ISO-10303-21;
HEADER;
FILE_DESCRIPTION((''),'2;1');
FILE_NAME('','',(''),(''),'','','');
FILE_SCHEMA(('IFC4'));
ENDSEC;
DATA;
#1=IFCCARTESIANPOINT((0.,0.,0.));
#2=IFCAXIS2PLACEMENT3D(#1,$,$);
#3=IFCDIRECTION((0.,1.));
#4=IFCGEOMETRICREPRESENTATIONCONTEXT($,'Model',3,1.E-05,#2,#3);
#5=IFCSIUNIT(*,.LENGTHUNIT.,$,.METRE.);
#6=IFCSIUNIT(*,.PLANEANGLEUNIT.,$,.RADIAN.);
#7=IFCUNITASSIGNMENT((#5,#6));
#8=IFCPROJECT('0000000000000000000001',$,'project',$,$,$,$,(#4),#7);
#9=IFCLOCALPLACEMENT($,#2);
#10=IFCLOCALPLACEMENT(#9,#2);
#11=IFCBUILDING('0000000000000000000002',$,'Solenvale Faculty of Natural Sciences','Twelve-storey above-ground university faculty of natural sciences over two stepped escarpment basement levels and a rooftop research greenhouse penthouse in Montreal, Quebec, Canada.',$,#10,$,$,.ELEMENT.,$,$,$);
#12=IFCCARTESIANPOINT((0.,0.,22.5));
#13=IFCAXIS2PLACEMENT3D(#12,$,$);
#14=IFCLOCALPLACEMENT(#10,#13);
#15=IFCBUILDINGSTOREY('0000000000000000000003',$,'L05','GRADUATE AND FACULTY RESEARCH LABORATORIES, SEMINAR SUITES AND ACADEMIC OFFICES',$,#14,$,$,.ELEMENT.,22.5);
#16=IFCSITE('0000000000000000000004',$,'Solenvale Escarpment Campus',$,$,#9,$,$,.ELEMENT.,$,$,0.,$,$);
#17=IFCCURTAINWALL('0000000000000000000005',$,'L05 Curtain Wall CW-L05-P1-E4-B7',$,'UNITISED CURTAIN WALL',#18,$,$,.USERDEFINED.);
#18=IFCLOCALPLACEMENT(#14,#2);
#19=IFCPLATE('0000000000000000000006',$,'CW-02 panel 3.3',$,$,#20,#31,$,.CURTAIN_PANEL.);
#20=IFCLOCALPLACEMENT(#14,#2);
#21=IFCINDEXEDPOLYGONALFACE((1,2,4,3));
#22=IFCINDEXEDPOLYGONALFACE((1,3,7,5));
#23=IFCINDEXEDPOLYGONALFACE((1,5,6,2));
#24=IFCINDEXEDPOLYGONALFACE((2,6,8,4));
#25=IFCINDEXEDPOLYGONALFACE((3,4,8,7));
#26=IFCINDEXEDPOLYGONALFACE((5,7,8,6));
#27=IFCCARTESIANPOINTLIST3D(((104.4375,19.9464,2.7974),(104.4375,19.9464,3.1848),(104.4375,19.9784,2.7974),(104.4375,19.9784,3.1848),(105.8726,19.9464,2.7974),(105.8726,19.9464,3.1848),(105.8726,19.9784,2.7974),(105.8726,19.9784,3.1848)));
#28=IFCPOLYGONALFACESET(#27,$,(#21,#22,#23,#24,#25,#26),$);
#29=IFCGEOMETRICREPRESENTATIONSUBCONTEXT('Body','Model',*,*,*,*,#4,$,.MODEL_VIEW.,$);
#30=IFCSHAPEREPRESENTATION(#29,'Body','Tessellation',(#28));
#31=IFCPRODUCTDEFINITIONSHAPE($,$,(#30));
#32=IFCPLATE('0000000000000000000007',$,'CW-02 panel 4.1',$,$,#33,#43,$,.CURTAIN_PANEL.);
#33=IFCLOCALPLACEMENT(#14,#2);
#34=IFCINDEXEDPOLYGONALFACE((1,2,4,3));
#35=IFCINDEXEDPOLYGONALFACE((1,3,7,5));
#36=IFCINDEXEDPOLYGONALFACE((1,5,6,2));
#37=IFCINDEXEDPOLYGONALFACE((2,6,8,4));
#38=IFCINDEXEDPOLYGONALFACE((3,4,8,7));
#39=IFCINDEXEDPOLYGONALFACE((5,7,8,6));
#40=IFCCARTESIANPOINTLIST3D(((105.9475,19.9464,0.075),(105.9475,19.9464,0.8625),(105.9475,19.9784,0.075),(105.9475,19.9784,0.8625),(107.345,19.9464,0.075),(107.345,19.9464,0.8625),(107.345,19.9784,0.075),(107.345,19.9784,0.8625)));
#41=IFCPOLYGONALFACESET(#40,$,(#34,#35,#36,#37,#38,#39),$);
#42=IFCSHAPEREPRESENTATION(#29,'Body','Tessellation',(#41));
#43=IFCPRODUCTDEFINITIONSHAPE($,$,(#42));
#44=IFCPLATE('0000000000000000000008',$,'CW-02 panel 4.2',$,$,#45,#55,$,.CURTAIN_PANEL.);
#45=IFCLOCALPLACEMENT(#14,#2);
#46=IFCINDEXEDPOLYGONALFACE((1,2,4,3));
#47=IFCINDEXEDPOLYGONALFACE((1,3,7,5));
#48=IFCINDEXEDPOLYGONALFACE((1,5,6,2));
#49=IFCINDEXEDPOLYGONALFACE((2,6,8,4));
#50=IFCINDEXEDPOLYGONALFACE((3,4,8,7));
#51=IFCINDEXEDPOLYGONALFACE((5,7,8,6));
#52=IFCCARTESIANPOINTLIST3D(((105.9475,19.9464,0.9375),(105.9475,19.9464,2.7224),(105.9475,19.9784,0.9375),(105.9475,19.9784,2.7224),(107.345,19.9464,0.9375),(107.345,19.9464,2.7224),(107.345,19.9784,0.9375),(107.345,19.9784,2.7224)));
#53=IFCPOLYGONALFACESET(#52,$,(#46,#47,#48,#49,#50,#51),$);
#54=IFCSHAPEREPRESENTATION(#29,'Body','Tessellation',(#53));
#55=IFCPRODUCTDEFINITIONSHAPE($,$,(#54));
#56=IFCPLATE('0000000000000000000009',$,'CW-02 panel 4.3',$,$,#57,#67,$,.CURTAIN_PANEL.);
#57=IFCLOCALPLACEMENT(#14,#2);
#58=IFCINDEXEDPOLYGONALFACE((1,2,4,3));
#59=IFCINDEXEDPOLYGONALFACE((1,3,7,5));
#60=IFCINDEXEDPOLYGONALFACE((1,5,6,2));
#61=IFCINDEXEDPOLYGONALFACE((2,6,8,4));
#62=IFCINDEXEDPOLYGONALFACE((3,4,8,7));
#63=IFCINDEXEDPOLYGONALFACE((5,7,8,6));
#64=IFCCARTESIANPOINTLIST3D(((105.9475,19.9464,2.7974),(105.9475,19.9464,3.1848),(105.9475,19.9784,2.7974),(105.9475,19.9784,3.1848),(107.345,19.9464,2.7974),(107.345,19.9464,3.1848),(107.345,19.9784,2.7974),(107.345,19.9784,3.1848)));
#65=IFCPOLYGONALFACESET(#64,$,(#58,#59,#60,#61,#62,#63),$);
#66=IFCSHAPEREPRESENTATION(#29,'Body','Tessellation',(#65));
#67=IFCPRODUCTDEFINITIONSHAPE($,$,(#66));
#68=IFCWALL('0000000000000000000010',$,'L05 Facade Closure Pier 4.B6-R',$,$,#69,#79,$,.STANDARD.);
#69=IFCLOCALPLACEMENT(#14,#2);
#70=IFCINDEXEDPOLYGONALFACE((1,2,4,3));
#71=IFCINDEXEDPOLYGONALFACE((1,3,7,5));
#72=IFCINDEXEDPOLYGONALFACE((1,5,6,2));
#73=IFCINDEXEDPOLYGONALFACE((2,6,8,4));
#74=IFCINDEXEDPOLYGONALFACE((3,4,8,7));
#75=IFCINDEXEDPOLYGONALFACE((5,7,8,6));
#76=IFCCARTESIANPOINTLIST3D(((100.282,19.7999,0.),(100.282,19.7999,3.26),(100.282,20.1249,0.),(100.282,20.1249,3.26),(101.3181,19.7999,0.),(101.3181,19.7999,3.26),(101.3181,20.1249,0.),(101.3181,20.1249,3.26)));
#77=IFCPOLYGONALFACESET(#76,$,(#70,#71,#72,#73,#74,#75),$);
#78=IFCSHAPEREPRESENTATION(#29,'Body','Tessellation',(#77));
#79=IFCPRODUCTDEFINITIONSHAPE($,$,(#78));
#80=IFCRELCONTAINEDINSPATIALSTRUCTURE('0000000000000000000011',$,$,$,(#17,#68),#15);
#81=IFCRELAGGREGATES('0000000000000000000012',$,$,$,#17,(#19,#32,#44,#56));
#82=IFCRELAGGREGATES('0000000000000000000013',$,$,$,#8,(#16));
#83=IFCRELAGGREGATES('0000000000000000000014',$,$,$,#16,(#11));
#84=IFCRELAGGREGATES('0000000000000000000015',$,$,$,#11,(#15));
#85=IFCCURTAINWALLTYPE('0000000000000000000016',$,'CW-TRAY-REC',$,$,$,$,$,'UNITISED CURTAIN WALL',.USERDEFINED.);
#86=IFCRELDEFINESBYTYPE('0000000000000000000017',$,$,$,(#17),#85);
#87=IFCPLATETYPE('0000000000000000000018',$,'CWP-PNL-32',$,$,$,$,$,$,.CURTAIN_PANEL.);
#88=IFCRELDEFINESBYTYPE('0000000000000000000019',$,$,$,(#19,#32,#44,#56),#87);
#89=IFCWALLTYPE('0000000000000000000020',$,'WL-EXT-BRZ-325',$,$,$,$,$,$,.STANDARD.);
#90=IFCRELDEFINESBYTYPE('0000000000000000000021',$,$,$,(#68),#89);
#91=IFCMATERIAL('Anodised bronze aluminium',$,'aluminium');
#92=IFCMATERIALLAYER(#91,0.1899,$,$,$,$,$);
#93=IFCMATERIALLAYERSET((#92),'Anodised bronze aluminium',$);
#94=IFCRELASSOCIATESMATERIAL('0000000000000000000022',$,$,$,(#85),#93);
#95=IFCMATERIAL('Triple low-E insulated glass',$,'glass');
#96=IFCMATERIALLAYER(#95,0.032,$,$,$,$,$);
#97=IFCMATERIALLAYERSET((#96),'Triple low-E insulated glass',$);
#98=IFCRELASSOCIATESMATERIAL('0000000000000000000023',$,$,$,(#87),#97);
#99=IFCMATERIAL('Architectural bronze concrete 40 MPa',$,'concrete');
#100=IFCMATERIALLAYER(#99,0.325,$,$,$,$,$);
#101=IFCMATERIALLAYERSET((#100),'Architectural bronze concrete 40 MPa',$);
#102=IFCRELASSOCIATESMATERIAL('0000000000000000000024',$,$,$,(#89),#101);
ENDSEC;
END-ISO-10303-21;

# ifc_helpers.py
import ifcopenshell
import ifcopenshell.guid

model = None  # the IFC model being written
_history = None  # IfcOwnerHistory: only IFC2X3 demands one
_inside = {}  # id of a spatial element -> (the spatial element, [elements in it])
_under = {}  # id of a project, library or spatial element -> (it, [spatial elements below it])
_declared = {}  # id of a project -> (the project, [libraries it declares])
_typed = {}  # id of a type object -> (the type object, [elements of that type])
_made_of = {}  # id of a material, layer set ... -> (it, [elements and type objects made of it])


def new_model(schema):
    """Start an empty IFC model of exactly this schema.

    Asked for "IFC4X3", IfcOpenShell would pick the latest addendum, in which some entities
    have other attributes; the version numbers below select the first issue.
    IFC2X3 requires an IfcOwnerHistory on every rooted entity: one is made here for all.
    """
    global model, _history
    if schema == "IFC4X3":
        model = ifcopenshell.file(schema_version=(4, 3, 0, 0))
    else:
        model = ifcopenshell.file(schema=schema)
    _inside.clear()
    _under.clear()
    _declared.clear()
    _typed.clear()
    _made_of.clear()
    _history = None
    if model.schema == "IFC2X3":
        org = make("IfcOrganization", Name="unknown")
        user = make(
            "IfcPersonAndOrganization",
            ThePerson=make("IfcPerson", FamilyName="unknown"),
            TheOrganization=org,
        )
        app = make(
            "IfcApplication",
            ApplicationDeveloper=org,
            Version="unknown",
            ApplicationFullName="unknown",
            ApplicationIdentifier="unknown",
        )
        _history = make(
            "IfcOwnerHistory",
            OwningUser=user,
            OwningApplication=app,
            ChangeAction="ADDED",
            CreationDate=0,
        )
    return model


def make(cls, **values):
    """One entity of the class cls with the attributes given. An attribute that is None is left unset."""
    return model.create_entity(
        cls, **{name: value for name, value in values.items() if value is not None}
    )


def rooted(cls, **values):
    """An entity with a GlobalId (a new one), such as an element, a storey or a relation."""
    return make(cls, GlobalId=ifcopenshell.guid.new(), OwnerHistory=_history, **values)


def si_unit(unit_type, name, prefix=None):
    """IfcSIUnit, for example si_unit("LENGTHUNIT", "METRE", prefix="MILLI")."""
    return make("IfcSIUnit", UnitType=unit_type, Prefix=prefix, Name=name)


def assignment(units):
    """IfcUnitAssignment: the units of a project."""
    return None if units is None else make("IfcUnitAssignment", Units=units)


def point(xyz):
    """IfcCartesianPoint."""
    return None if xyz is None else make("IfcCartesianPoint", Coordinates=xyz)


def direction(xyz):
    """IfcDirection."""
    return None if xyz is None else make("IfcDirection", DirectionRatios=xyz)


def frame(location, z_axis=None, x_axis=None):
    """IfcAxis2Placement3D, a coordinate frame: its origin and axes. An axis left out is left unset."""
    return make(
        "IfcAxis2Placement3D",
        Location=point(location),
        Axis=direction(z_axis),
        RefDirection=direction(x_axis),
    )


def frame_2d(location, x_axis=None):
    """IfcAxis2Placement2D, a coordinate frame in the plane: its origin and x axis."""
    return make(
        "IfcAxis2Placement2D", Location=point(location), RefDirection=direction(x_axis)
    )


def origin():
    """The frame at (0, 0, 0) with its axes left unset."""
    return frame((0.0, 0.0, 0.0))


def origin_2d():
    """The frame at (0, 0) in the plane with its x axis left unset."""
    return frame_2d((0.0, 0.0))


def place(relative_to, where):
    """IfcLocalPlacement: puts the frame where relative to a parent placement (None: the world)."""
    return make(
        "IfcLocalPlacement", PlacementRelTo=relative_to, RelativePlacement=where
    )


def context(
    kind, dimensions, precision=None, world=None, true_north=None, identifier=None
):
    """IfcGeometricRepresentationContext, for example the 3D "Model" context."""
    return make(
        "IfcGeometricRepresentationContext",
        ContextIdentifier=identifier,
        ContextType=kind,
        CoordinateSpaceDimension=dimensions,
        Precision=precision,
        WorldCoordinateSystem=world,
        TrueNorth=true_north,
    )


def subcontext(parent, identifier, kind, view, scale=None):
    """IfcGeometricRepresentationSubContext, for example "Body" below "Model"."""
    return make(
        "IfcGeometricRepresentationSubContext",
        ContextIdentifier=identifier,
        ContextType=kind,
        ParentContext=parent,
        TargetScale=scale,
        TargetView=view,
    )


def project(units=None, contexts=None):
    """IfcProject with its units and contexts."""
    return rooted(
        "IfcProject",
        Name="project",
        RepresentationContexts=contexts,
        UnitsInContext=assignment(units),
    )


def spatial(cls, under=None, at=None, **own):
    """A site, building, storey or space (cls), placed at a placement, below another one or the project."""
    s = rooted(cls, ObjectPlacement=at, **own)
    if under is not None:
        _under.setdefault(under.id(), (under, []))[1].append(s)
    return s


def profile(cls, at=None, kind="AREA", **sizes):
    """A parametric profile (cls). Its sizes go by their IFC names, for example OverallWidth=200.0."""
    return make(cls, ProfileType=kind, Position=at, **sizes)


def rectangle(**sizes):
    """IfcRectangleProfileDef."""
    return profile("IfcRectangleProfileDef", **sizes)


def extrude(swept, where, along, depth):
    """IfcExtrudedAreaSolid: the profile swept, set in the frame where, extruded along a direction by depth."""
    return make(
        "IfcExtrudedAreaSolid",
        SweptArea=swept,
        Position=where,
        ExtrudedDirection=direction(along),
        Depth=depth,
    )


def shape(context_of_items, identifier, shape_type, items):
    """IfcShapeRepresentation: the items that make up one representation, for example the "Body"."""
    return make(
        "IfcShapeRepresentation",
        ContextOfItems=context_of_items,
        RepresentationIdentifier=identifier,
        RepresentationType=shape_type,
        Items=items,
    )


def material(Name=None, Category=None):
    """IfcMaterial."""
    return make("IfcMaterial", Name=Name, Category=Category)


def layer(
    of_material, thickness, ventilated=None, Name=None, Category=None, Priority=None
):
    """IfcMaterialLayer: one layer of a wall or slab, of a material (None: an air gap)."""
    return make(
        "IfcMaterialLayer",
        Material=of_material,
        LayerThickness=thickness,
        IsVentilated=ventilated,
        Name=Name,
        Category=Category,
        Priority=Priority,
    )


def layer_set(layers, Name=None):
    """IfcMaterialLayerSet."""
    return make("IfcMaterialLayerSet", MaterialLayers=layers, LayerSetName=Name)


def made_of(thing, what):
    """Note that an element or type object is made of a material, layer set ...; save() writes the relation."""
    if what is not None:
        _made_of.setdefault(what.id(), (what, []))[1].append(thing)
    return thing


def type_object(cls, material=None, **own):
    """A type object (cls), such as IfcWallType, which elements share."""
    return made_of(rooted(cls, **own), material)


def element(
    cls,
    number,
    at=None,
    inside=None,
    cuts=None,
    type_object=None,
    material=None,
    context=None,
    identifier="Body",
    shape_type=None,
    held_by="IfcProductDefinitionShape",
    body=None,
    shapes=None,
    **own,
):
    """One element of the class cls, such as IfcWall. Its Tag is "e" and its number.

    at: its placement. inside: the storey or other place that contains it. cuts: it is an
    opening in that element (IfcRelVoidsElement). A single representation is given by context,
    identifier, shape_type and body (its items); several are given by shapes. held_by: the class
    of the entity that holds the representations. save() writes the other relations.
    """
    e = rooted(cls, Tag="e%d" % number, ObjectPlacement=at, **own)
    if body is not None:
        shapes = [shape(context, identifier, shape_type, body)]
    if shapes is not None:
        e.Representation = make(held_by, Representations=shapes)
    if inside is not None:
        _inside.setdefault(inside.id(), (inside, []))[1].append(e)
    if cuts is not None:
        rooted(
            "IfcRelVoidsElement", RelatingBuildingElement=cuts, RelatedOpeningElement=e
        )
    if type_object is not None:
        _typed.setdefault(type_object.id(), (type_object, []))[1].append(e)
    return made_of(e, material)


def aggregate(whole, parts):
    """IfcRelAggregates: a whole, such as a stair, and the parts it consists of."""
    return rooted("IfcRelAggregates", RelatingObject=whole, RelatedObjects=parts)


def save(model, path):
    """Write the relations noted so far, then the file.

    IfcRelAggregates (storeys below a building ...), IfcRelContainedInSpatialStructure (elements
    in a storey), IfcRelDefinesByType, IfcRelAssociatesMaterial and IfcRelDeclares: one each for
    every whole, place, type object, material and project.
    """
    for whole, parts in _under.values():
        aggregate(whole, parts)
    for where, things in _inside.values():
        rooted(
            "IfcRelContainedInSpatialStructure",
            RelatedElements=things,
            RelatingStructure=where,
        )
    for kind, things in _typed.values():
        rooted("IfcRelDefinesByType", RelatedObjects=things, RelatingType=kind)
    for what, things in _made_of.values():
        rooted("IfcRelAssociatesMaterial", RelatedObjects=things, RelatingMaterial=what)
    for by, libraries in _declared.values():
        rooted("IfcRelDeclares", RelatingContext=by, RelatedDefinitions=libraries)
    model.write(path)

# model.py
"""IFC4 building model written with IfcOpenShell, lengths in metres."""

from ifc_helpers import new_model, si_unit, direction, frame, frame_2d, origin, origin_2d, place, context, subcontext, project, spatial, rectangle, extrude, material, layer, layer_set, type_object, element, aggregate, save


model = new_model("IFC4")

# Units and contexts
model_context = context("Model", 3, precision=1e-05, world=origin(), true_north=direction((0.0, 1.0)))
body_context = subcontext(model_context, "Body", "Model", "MODEL_VIEW")
ifc_project = project(units=[si_unit("LENGTHUNIT", "METRE"), si_unit("PLANEANGLEUNIT", "RADIAN")], contexts=[model_context])

# Site, building, storey
site_placement = place(None, origin())
site = spatial("IfcSite", under=ifc_project, at=site_placement, Name="Solenvale Escarpment Campus", CompositionType="ELEMENT", RefElevation=0.0)
building_placement = place(site_placement, origin())
building = spatial("IfcBuilding", under=site, at=building_placement, Name="Solenvale Faculty of Natural Sciences", Description="Twelve-storey above-ground university faculty of natural sciences over two stepped escarpment basement levels and a rooftop research greenhouse penthouse in Montreal, Quebec, Canada.", CompositionType="ELEMENT")
storey_placement = place(building_placement, frame((0.0, 0.0, 22.5)))
storey = spatial("IfcBuildingStorey", under=building, at=storey_placement, Name="L05", Description="GRADUATE AND FACULTY RESEARCH LABORATORIES, SEMINAR SUITES AND ACADEMIC OFFICES", CompositionType="ELEMENT", Elevation=22.5)

# Shared definitions
ifc_material_1 = material(Name="Anodised bronze aluminium", Category="aluminium")
ifc_layer_1 = layer(ifc_material_1, 0.1899)
ifc_layer_set_1 = layer_set([ifc_layer_1], Name="Anodised bronze aluminium")
curtain_wall_type = type_object("IfcCurtainWallType", Name="CW-TRAY-REC", ElementType="UNITISED CURTAIN WALL", PredefinedType="USERDEFINED", material=ifc_layer_set_1)

# Curtain wall, plates
curtain_wall_1_placement = place(storey_placement, origin())
curtain_wall_1 = element("IfcCurtainWall", 1, at=curtain_wall_1_placement, inside=storey, type_object=curtain_wall_type, Name="L05 Curtain Wall CW-L05-P1-E4-B7", ObjectType="UNITISED CURTAIN WALL", PredefinedType="USERDEFINED")
ifc_material_2 = material(Name="Triple low-E insulated glass", Category="glass")
ifc_layer_2 = layer(ifc_material_2, 0.032)
ifc_layer_set_2 = layer_set([ifc_layer_2], Name="Triple low-E insulated glass")
plate_type = type_object("IfcPlateType", Name="CWP-PNL-32", PredefinedType="CURTAIN_PANEL", material=ifc_layer_set_2)
plate_1_placement = place(storey_placement, frame((105.155, 19.9624, 2.7974), z_axis=(0.0, 0.0, 1.0), x_axis=(1.0, 0.0, 0.0)))
plate_1 = element("IfcPlate", 2, at=plate_1_placement, type_object=plate_type, Name="CW-02 panel 3.3", PredefinedType="CURTAIN_PANEL", context=body_context, shape_type="SweptSolid", body=[
    extrude(rectangle(XDim=1.4351, YDim=0.032, at=origin_2d()), origin(), (0.0, 0.0, 1.0), 0.3875),
])
plate_2_placement = place(storey_placement, frame((106.6462, 19.9624, 0.075), z_axis=(0.0, 0.0, 1.0), x_axis=(1.0, 0.0, 0.0)))
plate_2 = element("IfcPlate", 3, at=plate_2_placement, type_object=plate_type, Name="CW-02 panel 4.1", PredefinedType="CURTAIN_PANEL", context=body_context, shape_type="SweptSolid", body=[
    extrude(rectangle(XDim=1.3975, YDim=0.032, at=origin_2d()), origin(), (0.0, 0.0, 1.0), 0.7876),
])
plate_3_placement = place(storey_placement, frame((106.6462, 19.9624, 0.9375), z_axis=(0.0, 0.0, 1.0), x_axis=(1.0, 0.0, 0.0)))
plate_3 = element("IfcPlate", 4, at=plate_3_placement, type_object=plate_type, Name="CW-02 panel 4.2", PredefinedType="CURTAIN_PANEL", context=body_context, shape_type="SweptSolid", body=[
    extrude(rectangle(XDim=1.3975, YDim=0.032, at=origin_2d()), origin(), (0.0, 0.0, 1.0), 1.7849),
])
plate_4_placement = place(storey_placement, frame((106.6462, 19.9624, 2.7974), z_axis=(0.0, 0.0, 1.0), x_axis=(1.0, 0.0, 0.0)))
plate_4 = element("IfcPlate", 5, at=plate_4_placement, type_object=plate_type, Name="CW-02 panel 4.3", PredefinedType="CURTAIN_PANEL", context=body_context, shape_type="SweptSolid", body=[
    extrude(rectangle(XDim=1.3975, YDim=0.032, at=origin_2d()), origin(), (0.0, 0.0, 1.0), 0.3875),
])
aggregate(curtain_wall_1, [plate_1, plate_2, plate_3, plate_4])

# Wall
ifc_material_3 = material(Name="Architectural bronze concrete 40 MPa", Category="concrete")
ifc_layer_3 = layer(ifc_material_3, 0.325)
ifc_layer_set_3 = layer_set([ifc_layer_3], Name="Architectural bronze concrete 40 MPa")
wall_type = type_object("IfcWallType", Name="WL-EXT-BRZ-325", PredefinedType="STANDARD", material=ifc_layer_set_3)
wall_placement = place(storey_placement, frame((100.282, 19.9624, 0.0), z_axis=(0.0, 0.0, 1.0), x_axis=(1.0, 0.0, 0.0)))
element("IfcWall", 6, at=wall_placement, inside=storey, type_object=wall_type, Name="L05 Facade Closure Pier 4.B6-R", PredefinedType="STANDARD", context=body_context, shape_type="SweptSolid", body=[
    extrude(rectangle(XDim=1.0361, YDim=0.325, at=frame_2d((0.5181, 0.0))), origin(), (0.0, 0.0, 1.0), 3.26),
])

save(model, "model.ifc")
